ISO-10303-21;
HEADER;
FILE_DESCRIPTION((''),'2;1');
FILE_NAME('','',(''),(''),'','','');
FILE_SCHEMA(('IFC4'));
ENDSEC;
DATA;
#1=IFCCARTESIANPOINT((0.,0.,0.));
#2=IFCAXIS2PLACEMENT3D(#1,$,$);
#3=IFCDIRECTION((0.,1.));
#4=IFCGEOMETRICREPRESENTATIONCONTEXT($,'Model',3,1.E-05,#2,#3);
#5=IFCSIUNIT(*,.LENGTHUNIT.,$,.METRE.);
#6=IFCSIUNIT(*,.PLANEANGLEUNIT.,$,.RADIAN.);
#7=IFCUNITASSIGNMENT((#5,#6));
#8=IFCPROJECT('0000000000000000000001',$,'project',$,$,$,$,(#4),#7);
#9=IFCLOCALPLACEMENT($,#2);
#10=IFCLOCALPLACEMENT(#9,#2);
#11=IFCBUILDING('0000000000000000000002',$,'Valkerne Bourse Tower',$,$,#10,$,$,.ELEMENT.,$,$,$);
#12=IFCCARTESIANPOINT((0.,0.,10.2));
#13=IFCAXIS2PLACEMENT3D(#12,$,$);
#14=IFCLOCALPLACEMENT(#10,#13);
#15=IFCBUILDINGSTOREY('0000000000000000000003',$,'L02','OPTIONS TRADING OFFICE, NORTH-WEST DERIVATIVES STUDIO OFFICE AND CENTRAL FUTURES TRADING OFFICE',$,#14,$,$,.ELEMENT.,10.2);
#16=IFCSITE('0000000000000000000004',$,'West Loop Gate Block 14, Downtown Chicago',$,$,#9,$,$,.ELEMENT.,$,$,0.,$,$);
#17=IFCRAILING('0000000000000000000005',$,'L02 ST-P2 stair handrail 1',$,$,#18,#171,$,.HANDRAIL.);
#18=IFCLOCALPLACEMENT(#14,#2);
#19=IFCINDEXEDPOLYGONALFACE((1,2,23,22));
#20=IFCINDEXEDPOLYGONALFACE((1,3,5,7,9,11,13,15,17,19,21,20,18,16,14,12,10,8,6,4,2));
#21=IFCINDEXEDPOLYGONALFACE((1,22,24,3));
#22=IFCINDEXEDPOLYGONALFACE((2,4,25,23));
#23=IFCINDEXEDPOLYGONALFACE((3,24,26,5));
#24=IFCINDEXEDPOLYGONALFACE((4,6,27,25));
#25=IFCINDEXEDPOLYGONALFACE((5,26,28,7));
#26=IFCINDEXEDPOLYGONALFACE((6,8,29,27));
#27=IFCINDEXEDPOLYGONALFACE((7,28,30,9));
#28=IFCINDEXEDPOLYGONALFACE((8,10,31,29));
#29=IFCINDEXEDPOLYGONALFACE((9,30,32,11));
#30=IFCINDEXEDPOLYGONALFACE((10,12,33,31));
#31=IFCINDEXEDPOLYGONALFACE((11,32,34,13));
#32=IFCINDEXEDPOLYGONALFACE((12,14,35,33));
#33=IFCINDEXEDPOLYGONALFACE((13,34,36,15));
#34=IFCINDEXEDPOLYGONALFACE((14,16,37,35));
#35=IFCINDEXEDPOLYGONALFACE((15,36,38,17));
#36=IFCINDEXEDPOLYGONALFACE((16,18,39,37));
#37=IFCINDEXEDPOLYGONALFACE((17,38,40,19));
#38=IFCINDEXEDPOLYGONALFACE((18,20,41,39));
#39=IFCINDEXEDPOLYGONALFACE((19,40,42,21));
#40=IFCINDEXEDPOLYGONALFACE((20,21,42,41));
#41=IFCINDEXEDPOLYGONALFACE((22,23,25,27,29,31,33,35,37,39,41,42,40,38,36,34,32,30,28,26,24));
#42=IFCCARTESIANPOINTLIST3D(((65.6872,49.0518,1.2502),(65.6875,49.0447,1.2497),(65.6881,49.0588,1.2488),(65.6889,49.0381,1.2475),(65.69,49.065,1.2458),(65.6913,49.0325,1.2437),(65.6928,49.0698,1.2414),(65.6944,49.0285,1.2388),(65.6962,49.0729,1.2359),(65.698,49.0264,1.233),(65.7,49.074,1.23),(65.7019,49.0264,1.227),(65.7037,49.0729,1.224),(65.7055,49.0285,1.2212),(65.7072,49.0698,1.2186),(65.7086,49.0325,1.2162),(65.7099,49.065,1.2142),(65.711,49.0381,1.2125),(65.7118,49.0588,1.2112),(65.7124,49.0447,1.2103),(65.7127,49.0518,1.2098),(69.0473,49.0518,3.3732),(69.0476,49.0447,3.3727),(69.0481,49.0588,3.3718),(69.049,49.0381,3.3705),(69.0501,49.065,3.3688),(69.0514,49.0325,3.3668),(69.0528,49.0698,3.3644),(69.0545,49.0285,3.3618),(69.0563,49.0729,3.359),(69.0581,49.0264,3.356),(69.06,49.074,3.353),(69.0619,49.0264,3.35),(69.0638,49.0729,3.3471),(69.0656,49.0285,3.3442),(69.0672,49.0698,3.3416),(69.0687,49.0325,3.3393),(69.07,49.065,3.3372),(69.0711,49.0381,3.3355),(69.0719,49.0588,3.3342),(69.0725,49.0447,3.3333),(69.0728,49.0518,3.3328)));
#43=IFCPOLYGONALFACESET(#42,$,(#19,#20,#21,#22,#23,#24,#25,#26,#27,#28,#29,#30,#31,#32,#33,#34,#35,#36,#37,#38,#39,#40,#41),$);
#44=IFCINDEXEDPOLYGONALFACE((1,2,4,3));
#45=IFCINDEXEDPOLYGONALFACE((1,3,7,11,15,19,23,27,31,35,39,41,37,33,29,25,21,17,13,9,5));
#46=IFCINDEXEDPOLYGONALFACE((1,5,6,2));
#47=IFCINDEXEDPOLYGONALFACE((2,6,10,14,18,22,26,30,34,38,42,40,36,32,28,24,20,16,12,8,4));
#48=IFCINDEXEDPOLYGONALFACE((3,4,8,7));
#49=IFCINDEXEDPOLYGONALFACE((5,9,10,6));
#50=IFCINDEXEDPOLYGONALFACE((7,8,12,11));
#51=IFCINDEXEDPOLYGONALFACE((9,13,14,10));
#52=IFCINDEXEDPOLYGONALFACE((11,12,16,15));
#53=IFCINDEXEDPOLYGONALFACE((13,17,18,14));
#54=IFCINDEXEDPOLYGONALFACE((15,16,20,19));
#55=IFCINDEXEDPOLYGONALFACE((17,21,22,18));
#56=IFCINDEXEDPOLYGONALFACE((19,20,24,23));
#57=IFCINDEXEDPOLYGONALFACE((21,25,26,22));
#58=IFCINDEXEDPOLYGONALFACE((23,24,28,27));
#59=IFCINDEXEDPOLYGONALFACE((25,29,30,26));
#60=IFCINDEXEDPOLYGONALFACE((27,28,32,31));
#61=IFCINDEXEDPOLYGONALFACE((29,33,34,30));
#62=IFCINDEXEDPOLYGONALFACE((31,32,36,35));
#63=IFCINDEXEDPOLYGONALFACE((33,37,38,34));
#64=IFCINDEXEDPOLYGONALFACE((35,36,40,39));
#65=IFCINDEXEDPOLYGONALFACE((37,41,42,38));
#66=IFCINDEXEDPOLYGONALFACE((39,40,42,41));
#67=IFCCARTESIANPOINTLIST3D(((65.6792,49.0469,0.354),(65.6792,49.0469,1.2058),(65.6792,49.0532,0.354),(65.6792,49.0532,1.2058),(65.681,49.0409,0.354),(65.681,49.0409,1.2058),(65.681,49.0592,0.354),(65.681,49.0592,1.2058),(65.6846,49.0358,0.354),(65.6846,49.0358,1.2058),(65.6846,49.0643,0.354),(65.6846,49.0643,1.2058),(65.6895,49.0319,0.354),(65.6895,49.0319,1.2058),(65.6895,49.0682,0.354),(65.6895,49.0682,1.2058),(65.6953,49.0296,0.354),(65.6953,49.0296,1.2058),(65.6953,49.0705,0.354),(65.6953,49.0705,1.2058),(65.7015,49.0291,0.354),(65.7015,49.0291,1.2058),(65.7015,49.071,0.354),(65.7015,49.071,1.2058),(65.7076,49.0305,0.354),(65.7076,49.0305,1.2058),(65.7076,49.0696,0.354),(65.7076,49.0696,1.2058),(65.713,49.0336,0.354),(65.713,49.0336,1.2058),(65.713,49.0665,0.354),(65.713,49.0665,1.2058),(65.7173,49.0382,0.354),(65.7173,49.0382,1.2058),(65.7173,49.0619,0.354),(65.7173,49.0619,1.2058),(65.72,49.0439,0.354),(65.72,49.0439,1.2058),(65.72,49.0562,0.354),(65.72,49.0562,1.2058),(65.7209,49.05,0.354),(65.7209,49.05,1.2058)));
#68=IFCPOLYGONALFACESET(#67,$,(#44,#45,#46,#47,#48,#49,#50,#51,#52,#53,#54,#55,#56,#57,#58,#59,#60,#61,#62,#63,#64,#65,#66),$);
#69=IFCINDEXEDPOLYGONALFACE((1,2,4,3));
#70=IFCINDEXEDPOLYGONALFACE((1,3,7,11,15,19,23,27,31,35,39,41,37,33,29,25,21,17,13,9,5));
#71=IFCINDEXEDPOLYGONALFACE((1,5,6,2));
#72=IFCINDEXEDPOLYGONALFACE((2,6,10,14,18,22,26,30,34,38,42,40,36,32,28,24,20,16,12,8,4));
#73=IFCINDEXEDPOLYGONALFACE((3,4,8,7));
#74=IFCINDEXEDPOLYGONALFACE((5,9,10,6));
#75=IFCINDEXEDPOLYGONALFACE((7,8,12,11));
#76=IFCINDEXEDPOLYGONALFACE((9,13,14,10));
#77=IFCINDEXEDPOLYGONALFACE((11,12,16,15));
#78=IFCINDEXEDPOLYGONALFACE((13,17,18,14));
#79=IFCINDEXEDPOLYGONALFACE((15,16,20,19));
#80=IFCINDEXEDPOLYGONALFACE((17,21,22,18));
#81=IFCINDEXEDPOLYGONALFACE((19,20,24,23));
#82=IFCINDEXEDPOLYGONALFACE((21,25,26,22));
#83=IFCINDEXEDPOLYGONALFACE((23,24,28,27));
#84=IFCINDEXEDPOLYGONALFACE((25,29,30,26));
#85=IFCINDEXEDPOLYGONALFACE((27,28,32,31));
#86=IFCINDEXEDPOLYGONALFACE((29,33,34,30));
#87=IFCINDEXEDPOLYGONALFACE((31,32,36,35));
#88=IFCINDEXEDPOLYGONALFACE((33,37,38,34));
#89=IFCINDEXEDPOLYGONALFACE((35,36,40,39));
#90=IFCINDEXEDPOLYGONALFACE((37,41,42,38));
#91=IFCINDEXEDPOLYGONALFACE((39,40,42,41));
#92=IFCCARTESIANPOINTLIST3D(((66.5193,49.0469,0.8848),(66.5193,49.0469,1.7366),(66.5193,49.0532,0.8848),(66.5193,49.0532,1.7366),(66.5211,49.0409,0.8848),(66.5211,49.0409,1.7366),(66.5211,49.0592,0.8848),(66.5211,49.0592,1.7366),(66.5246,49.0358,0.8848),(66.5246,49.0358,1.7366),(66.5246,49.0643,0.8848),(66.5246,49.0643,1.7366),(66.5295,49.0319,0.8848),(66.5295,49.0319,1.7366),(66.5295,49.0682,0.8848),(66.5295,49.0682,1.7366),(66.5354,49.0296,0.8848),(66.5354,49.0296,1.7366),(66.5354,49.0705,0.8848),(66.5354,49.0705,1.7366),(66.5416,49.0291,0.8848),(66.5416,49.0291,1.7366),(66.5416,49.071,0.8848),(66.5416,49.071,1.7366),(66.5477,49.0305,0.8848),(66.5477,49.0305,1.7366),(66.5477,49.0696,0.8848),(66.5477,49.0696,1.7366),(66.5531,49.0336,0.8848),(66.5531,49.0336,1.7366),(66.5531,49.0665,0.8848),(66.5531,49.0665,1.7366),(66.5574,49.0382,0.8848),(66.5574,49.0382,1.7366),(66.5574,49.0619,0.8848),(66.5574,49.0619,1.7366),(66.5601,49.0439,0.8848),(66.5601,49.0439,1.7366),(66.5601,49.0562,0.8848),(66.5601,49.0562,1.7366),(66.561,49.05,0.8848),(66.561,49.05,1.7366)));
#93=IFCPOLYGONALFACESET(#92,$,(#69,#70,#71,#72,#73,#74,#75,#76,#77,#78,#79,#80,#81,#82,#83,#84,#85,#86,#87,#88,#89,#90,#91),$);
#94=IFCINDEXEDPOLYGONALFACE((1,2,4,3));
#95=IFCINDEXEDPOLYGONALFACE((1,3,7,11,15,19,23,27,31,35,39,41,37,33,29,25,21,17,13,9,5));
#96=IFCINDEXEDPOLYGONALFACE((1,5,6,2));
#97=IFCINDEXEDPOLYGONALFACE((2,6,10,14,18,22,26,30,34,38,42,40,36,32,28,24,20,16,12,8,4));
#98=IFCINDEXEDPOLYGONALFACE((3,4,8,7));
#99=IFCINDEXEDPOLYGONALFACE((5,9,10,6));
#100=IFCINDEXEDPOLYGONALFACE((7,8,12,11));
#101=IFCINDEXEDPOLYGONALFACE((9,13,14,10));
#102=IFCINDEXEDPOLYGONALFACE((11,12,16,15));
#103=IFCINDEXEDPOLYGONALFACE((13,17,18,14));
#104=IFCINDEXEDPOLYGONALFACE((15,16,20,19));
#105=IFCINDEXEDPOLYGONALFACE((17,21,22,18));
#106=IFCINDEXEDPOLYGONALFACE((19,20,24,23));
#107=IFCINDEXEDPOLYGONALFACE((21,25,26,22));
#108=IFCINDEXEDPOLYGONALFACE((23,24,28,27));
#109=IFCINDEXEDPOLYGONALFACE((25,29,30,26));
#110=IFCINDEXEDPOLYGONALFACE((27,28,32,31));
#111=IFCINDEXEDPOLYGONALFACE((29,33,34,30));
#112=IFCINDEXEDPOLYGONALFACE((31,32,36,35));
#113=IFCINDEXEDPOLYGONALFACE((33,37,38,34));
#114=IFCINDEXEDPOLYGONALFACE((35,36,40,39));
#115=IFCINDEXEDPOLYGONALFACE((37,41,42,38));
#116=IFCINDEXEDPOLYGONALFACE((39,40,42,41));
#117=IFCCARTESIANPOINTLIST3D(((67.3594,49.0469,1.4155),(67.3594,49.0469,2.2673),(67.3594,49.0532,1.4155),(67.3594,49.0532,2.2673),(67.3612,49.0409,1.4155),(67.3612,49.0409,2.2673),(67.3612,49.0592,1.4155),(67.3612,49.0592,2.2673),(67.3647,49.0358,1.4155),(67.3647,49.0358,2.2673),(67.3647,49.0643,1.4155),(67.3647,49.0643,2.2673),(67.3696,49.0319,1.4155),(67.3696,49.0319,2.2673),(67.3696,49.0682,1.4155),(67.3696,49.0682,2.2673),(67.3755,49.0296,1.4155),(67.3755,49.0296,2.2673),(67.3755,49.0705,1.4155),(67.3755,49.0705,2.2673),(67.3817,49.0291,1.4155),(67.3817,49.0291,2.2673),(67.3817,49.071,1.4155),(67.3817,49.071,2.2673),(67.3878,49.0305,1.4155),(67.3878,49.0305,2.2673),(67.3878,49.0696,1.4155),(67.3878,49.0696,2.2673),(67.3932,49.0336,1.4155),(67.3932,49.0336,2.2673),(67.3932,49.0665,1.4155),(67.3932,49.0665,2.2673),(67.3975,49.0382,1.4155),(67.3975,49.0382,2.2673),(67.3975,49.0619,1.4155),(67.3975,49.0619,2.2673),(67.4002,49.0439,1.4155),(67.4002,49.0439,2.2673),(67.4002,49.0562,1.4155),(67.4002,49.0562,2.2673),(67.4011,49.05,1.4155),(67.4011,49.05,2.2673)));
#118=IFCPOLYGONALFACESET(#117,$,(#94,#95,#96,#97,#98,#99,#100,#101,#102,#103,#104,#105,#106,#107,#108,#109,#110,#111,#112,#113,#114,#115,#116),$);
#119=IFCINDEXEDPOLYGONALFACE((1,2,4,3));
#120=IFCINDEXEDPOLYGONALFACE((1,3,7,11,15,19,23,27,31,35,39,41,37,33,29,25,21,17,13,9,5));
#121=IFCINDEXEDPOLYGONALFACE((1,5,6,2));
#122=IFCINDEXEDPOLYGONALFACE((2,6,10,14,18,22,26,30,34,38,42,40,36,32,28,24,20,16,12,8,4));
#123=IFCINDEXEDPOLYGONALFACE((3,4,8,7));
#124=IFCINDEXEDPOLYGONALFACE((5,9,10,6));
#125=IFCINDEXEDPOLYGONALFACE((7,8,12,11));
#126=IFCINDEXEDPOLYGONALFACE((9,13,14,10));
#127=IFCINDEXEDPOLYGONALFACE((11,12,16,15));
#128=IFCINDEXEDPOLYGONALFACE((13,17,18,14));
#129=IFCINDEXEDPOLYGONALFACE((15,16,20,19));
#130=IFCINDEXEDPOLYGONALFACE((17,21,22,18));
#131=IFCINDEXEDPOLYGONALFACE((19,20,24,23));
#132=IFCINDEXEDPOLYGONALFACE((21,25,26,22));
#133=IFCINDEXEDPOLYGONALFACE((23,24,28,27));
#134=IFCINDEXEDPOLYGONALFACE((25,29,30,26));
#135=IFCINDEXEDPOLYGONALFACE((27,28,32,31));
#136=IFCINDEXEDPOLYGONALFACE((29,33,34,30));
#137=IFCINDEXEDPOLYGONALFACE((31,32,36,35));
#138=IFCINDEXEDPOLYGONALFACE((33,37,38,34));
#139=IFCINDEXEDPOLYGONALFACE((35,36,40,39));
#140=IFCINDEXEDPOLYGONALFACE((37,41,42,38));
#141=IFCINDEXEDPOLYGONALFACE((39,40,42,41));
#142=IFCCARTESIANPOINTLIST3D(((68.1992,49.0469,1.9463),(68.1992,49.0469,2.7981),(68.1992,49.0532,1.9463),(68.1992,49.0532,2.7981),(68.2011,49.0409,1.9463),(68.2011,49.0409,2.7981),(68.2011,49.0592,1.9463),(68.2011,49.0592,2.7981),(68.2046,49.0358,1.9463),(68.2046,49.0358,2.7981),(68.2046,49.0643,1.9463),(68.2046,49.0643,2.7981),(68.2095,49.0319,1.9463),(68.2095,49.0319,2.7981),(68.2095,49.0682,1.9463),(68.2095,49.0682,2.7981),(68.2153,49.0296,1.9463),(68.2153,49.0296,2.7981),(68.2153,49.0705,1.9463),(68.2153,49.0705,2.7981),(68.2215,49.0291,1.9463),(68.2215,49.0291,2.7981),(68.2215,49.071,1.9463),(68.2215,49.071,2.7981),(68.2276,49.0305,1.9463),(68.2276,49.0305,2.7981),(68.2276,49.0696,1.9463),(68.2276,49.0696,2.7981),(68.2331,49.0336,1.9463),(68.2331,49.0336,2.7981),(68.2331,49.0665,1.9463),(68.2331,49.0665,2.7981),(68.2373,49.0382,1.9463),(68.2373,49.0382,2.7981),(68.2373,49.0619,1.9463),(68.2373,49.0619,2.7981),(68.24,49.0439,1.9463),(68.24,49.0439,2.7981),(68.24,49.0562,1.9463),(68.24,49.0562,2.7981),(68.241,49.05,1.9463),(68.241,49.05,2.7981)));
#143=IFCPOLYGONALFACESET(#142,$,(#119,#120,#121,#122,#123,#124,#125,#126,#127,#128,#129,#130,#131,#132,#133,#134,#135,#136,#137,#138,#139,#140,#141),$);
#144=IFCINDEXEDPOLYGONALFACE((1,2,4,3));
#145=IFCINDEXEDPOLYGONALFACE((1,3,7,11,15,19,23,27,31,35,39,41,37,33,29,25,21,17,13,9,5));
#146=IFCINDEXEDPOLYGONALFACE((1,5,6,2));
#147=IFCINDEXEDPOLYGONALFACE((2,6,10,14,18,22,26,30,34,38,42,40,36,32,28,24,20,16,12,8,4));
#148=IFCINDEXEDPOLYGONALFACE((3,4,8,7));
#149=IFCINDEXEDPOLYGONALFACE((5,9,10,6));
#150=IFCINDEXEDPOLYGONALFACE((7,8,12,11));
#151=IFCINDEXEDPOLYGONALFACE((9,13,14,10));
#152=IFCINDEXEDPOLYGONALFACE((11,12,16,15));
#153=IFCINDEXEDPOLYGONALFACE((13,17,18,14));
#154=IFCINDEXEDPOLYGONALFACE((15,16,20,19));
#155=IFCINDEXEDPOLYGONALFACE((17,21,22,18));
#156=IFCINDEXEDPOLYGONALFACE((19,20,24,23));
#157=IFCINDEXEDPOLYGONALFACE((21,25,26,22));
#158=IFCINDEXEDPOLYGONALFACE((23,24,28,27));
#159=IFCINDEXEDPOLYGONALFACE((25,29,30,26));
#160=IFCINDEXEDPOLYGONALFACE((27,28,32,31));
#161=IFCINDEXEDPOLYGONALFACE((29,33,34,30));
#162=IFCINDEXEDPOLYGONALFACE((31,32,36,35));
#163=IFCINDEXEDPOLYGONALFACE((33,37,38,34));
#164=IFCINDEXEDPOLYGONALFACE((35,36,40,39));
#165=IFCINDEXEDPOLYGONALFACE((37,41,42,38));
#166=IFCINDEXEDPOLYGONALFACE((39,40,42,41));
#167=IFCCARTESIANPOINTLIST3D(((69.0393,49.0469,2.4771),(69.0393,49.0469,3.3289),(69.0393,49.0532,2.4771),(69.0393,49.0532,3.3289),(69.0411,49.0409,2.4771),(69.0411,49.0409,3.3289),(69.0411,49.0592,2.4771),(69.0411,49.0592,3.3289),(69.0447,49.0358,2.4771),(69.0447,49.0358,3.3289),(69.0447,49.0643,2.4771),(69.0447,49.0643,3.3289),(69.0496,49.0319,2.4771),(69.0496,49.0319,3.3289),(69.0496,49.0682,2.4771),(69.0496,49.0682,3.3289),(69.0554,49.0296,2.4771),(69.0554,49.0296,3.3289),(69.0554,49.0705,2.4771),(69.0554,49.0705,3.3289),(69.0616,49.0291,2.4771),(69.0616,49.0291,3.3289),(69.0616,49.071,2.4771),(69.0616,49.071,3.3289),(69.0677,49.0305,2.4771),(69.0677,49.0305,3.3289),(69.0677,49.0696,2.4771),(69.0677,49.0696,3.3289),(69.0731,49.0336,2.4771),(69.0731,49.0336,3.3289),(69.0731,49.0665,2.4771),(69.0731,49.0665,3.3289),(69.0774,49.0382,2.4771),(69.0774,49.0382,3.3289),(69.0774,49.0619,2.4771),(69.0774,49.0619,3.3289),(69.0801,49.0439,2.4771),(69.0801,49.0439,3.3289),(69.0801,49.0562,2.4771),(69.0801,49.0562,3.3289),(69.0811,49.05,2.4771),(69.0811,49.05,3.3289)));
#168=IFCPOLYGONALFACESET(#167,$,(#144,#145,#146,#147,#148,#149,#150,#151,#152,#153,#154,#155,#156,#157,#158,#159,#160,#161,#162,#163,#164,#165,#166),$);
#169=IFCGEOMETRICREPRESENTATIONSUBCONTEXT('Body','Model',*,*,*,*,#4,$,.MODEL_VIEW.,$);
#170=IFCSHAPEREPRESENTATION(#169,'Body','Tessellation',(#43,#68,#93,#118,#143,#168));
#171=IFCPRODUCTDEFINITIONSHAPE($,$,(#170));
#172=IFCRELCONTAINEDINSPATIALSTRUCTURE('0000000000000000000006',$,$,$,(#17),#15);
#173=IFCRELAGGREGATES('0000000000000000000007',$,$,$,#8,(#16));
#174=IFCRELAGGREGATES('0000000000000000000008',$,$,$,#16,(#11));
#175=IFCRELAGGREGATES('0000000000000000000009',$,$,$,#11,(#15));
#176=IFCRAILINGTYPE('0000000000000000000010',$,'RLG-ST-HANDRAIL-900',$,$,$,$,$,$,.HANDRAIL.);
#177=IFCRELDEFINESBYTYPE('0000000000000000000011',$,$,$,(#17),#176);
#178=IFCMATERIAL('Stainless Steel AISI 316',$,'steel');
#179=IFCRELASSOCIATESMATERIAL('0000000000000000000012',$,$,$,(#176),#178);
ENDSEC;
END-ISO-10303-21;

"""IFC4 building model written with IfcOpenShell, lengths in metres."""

from ifc_helpers import new_model, si_unit, direction, frame, origin, origin_2d, place, context, subcontext, project, spatial, circle, extrude, material, type_object, element, save


model = new_model("IFC4")

# Units and contexts
model_context = context("Model", 3, precision=1e-05, world=origin(), true_north=direction((0.0, 1.0)))
body_context = subcontext(model_context, "Body", "Model", "MODEL_VIEW")
ifc_project = project(units=[si_unit("LENGTHUNIT", "METRE"), si_unit("PLANEANGLEUNIT", "RADIAN")], contexts=[model_context])

# Site, building, storey
site_placement = place(None, origin())
site = spatial("IfcSite", under=ifc_project, at=site_placement, Name="West Loop Gate Block 14, Downtown Chicago", CompositionType="ELEMENT", RefElevation=0.0)
building_placement = place(site_placement, origin())
building = spatial("IfcBuilding", under=site, at=building_placement, Name="Valkerne Bourse Tower", CompositionType="ELEMENT")
storey_placement = place(building_placement, frame((0.0, 0.0, 10.2)))
storey = spatial("IfcBuildingStorey", under=building, at=storey_placement, Name="L02", Description="OPTIONS TRADING OFFICE, NORTH-WEST DERIVATIVES STUDIO OFFICE AND CENTRAL FUTURES TRADING OFFICE", CompositionType="ELEMENT", Elevation=10.2)

# Railing
ifc_material_1 = material(Name="Stainless Steel AISI 316", Category="steel")
railing_type_1 = type_object("IfcRailingType", Name="RLG-ST-HANDRAIL-900", PredefinedType="HANDRAIL", material=ifc_material_1)
railing_1_placement = place(storey_placement, frame((65.7, 49.05, 0.354)))
element("IfcRailing", 1, at=railing_1_placement, inside=storey, type_object=railing_type_1, Name="L02 ST-P2 stair handrail 1", PredefinedType="HANDRAIL", context=body_context, shape_type="SweptSolid", body=[
    extrude(circle(Radius=0.0239, at=origin_2d()), frame((0.0, 0.0, 0.876), z_axis=(0.84539, 0.0, 0.53415), x_axis=(0.0, 1.0, 0.0)), (0.0, 0.0, 1.0), 3.9746),
    extrude(circle(Radius=0.021, at=origin_2d()), origin(), (0.0, 0.0, 1.0), 0.8518),
    extrude(circle(Radius=0.021, at=origin_2d()), frame((0.8401, 0.0, 0.5308)), (0.0, 0.0, 1.0), 0.8518),
    extrude(circle(Radius=0.021, at=origin_2d()), frame((1.6802, 0.0, 1.0615)), (0.0, 0.0, 1.0), 0.8518),
    extrude(circle(Radius=0.021, at=origin_2d()), frame((2.52, 0.0, 1.5923)), (0.0, 0.0, 1.0), 0.8518),
    extrude(circle(Radius=0.021, at=origin_2d()), frame((3.3601, 0.0, 2.123)), (0.0, 0.0, 1.0), 0.8518),
])

save(model, "model.ifc")
